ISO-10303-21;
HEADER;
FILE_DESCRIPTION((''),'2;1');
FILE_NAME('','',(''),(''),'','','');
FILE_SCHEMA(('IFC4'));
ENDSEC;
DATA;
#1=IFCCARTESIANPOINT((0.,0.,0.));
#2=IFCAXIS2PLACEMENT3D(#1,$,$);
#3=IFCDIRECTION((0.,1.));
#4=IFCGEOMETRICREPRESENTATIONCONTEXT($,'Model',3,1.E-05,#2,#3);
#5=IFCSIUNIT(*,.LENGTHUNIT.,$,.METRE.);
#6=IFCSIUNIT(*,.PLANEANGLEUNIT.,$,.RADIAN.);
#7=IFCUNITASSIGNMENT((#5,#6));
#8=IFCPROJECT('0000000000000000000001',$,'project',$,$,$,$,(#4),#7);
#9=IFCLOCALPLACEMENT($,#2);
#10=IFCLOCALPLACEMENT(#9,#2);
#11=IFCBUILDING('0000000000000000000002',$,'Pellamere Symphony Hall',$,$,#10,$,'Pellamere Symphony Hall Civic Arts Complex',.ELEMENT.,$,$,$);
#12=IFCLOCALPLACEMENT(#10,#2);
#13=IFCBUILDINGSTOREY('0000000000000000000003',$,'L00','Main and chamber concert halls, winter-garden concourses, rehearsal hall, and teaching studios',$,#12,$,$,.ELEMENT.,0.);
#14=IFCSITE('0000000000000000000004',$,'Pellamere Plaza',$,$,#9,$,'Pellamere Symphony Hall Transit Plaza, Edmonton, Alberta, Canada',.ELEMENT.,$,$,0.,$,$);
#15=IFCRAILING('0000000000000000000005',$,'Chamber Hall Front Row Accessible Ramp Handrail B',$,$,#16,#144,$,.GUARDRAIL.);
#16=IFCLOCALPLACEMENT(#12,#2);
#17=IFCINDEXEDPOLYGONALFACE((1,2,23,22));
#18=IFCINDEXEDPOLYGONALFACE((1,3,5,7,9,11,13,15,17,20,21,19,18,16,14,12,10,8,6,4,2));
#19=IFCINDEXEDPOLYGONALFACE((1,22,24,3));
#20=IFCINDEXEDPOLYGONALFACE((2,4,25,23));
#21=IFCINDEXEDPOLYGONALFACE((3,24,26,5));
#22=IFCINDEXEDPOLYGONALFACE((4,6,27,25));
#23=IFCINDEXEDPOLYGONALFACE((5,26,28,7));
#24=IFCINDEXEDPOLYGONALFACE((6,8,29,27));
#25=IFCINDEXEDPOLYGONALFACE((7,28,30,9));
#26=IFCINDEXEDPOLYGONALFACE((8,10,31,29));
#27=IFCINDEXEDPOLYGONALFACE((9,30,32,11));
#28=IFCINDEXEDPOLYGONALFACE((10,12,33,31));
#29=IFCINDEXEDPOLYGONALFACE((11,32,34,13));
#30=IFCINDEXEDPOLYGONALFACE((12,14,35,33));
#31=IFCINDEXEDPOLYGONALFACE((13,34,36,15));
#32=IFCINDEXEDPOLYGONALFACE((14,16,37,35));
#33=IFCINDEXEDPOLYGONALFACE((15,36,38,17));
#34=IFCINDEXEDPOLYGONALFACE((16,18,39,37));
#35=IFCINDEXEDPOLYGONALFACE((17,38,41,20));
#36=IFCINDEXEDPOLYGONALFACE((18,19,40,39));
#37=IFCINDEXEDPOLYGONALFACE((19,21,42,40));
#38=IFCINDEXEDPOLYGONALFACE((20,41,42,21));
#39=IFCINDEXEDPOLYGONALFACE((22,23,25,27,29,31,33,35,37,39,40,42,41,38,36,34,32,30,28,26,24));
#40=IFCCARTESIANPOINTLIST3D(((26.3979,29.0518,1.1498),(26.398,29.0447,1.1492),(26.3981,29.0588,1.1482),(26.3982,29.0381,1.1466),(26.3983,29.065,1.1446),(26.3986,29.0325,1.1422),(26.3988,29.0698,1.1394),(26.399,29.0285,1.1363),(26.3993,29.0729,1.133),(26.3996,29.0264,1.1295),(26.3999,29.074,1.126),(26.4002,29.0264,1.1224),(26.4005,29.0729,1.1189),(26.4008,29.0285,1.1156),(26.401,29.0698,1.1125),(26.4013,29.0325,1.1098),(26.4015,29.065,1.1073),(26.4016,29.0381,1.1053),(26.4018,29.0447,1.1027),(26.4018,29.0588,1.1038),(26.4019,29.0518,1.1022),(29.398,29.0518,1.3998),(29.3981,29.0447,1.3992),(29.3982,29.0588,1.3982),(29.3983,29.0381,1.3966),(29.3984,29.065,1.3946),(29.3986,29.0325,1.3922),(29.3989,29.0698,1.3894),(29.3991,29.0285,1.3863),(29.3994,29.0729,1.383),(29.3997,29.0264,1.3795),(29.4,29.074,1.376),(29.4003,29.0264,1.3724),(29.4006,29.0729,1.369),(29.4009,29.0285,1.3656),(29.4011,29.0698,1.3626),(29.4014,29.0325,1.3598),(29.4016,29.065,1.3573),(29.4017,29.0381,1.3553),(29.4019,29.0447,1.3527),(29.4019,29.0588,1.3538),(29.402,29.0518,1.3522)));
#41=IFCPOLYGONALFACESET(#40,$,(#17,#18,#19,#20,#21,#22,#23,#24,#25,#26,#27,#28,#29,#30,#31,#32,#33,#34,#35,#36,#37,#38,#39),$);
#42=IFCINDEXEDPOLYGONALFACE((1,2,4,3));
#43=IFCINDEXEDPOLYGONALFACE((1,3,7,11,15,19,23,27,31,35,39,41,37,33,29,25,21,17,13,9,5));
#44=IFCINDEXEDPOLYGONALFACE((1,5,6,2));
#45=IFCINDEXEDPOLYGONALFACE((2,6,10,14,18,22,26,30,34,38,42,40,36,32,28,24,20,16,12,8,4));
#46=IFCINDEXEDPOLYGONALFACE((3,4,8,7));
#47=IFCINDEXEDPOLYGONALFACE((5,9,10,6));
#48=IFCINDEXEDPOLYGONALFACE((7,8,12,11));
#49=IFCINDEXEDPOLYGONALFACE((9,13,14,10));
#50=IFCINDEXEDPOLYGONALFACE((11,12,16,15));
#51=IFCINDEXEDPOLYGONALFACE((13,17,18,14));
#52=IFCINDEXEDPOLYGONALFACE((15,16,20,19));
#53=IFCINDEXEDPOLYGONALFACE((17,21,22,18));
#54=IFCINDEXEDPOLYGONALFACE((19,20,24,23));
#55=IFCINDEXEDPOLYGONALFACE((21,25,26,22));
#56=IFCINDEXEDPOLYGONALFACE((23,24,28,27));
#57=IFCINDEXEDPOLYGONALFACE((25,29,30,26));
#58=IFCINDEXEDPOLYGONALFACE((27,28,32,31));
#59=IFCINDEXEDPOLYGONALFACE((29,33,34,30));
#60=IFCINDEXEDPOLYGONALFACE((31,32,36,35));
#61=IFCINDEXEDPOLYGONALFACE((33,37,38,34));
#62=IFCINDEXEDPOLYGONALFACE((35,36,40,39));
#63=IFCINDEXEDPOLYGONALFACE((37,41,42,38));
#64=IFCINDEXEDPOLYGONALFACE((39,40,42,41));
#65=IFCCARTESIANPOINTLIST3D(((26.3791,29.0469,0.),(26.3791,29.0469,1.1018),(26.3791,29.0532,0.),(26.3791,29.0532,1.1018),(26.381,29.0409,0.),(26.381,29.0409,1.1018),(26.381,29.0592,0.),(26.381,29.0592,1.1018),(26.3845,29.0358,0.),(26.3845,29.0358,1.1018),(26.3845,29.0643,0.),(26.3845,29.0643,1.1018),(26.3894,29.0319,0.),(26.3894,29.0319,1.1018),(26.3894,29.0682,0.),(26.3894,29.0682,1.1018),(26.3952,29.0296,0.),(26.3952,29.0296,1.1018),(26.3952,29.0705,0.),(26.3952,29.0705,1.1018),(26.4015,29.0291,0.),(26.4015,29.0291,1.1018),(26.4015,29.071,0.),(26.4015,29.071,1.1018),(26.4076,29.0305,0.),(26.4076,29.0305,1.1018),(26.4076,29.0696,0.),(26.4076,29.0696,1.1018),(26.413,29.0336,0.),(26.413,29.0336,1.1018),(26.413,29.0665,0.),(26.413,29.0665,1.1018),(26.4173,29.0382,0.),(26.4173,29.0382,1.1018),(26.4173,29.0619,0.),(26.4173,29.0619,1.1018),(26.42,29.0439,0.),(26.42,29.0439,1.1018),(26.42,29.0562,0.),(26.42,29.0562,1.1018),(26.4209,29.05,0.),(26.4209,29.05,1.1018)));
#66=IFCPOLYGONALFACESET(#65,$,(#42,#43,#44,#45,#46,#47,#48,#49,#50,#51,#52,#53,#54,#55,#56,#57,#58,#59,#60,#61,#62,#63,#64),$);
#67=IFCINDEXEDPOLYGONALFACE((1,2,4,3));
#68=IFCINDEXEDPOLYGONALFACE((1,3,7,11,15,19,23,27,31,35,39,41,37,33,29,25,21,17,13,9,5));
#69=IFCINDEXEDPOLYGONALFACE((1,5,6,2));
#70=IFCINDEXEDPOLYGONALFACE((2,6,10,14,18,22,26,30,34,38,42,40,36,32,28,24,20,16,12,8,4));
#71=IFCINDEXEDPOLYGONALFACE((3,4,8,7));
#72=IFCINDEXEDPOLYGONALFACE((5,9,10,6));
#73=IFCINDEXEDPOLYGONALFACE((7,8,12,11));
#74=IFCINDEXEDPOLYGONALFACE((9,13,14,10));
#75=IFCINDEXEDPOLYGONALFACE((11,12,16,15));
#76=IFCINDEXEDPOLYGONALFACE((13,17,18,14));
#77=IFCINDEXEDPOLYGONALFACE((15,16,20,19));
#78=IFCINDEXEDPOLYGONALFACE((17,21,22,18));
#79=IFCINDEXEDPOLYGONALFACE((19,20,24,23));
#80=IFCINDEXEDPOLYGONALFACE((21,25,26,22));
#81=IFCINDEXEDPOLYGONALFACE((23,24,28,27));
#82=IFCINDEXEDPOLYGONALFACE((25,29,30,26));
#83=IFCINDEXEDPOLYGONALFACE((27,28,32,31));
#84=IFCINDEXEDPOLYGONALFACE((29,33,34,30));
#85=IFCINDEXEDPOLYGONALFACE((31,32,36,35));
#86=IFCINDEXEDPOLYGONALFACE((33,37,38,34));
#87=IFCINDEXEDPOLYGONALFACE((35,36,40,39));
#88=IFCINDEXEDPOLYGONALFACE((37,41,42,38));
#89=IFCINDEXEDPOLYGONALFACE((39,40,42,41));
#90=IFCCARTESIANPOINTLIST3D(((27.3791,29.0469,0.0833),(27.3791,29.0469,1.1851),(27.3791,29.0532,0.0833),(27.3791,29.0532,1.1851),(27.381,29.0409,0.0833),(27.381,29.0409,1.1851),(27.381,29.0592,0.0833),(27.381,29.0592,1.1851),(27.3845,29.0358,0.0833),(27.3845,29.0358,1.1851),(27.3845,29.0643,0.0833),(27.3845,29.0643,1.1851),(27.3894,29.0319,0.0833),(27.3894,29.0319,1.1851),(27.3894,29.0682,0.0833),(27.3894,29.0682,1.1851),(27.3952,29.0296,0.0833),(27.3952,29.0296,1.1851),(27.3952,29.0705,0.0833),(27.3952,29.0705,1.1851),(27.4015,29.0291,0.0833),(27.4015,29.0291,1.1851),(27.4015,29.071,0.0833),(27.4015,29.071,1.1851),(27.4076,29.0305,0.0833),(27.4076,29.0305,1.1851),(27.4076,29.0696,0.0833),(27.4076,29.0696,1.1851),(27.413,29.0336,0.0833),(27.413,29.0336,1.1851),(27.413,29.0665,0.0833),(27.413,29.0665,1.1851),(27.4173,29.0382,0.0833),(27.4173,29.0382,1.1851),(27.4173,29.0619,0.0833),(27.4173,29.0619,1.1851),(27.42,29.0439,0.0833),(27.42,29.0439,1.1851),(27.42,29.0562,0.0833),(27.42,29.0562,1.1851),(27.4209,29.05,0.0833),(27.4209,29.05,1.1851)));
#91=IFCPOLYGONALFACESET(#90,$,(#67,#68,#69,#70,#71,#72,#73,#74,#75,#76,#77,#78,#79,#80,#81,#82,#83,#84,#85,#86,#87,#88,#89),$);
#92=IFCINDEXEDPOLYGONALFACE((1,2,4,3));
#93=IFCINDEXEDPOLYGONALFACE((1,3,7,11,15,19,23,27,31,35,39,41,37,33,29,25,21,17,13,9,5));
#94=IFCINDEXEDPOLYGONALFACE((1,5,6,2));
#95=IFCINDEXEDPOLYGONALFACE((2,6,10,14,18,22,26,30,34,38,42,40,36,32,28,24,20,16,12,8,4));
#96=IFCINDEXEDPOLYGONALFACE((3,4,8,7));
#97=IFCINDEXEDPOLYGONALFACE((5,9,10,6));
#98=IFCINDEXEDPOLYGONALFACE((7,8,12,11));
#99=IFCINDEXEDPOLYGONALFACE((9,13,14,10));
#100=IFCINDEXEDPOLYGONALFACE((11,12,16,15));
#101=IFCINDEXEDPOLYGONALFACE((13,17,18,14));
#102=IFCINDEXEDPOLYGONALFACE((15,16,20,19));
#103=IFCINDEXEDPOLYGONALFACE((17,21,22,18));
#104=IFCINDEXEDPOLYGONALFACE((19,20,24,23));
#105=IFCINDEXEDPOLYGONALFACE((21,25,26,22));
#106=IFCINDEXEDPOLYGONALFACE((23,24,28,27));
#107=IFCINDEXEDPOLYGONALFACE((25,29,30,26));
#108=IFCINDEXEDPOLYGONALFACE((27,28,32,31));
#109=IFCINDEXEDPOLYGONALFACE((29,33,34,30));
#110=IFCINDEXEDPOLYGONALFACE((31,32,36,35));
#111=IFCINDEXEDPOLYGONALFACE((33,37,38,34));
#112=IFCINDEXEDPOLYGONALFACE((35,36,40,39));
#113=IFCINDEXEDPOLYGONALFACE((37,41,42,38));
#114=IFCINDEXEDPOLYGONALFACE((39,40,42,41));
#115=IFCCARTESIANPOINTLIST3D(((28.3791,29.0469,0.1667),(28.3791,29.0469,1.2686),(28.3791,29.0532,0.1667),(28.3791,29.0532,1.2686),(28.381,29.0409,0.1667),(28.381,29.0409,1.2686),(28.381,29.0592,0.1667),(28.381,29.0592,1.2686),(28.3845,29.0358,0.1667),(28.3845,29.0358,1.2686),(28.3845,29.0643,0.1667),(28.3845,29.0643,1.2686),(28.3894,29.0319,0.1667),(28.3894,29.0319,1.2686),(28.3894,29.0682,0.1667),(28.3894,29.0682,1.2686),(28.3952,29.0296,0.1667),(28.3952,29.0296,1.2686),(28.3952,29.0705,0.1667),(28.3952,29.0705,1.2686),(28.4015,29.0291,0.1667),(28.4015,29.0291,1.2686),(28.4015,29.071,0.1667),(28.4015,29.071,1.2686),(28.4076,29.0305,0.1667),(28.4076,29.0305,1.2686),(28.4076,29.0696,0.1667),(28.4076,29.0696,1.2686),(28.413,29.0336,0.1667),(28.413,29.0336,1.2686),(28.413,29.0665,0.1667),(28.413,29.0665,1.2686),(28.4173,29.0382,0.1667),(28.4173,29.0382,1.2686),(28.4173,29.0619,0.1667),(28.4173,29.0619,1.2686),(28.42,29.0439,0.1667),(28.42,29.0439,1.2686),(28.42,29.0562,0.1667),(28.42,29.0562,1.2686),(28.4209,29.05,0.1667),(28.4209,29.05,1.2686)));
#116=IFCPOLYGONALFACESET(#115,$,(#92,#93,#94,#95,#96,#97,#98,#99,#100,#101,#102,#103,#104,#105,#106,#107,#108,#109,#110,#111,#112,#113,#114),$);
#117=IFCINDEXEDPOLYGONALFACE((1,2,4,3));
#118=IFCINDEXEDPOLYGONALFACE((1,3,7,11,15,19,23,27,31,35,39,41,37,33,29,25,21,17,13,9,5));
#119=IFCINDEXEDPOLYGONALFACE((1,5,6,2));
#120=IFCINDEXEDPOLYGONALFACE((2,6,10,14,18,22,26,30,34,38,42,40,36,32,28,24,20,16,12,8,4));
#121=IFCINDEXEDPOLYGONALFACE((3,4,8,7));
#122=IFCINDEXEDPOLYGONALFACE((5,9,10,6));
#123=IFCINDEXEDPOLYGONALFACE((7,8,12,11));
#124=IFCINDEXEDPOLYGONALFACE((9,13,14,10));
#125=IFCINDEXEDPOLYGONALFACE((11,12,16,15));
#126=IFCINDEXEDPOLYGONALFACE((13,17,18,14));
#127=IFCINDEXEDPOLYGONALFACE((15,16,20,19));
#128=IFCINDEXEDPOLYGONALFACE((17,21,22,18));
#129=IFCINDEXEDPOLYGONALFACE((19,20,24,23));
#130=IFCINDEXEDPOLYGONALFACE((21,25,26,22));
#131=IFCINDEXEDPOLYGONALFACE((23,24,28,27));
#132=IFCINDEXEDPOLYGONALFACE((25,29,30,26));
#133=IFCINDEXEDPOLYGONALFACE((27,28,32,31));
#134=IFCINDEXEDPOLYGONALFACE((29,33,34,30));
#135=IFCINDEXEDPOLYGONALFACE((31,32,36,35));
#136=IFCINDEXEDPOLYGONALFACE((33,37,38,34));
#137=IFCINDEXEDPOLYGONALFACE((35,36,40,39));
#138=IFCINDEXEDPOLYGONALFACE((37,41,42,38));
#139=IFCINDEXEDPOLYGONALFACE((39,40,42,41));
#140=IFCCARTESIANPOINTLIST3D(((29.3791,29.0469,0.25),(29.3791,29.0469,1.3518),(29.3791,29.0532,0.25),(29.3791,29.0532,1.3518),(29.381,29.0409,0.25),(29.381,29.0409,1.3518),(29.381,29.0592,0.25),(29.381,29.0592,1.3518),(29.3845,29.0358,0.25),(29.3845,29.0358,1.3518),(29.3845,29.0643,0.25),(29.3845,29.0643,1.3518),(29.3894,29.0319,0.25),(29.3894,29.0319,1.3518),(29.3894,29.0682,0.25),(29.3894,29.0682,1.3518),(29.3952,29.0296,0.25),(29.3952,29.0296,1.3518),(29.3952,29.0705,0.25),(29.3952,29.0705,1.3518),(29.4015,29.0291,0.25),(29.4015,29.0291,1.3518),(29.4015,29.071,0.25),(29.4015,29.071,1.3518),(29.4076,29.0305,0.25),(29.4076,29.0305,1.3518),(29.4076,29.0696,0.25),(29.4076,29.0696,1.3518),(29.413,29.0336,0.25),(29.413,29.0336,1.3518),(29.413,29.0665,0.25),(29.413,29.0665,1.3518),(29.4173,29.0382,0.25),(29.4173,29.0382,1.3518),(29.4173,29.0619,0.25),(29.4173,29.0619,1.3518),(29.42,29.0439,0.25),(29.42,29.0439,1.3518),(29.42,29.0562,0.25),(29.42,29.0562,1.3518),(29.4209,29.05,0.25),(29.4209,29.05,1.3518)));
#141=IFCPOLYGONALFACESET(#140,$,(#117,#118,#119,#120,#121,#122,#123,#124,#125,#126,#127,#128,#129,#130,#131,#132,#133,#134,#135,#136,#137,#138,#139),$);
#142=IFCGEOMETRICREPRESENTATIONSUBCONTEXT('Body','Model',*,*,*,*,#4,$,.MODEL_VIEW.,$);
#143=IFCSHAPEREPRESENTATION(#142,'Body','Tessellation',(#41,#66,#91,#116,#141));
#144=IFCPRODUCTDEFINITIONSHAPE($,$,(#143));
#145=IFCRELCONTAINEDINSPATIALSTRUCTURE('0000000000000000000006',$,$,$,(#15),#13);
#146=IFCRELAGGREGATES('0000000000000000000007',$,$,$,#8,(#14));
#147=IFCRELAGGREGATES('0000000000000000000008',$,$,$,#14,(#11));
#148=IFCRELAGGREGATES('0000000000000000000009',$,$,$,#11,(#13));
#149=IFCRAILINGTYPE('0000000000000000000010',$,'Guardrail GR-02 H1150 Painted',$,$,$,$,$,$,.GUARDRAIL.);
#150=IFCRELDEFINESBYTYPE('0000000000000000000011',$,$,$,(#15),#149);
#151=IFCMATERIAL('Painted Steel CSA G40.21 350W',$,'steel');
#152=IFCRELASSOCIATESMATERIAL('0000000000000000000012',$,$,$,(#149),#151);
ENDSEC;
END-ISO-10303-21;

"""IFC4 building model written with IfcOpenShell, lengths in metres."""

from ifc_helpers import new_model, si_unit, direction, frame, origin, origin_2d, place, context, subcontext, project, spatial, circle, extrude, material, type_object, element, save


model = new_model("IFC4")

# Units and contexts
model_context = context("Model", 3, precision=1e-05, world=origin(), true_north=direction((0.0, 1.0)))
body_context = subcontext(model_context, "Body", "Model", "MODEL_VIEW")
ifc_project = project(units=[si_unit("LENGTHUNIT", "METRE"), si_unit("PLANEANGLEUNIT", "RADIAN")], contexts=[model_context])

# Site, building, storey
site_placement = place(None, origin())
site = spatial("IfcSite", under=ifc_project, at=site_placement, Name="Pellamere Plaza", LongName="Pellamere Symphony Hall Transit Plaza, Edmonton, Alberta, Canada", CompositionType="ELEMENT", RefElevation=0.0)
building_placement = place(site_placement, origin())
building = spatial("IfcBuilding", under=site, at=building_placement, Name="Pellamere Symphony Hall", LongName="Pellamere Symphony Hall Civic Arts Complex", CompositionType="ELEMENT")
storey_placement = place(building_placement, origin())
storey = spatial("IfcBuildingStorey", under=building, at=storey_placement, Name="L00", Description="Main and chamber concert halls, winter-garden concourses, rehearsal hall, and teaching studios", CompositionType="ELEMENT", Elevation=0.0)

# Railing
ifc_material_1 = material(Name="Painted Steel CSA G40.21 350W", Category="steel")
railing_type_1 = type_object("IfcRailingType", Name="Guardrail GR-02 H1150 Painted", PredefinedType="GUARDRAIL", material=ifc_material_1)
for number, where, name in (
    (1, (26.3999, 29.05, 0.0), "Chamber Hall Front Row Accessible Ramp Handrail B"),
):
    element("IfcRailing", number, at=place(storey_placement, frame(where)), inside=storey, type_object=railing_type_1, Name=name, PredefinedType="GUARDRAIL", context=body_context, shape_type="SweptSolid", body=[
        extrude(circle(Radius=0.0239, at=origin_2d()), frame((0.0, 0.0, 1.126), z_axis=(0.996546, 0.0, 0.083045), x_axis=(0.0, 1.0, 0.0)), (0.0, 0.0, 1.0), 3.0105),
        extrude(circle(Radius=0.021, at=origin_2d()), origin(), (0.0, 0.0, 1.0), 1.1018),
        extrude(circle(Radius=0.021, at=origin_2d()), frame((1.0, 0.0, 0.0833)), (0.0, 0.0, 1.0), 1.1018),
        extrude(circle(Radius=0.021, at=origin_2d()), frame((2.0, 0.0, 0.1667)), (0.0, 0.0, 1.0), 1.1018),
        extrude(circle(Radius=0.021, at=origin_2d()), frame((3.0, 0.0, 0.25)), (0.0, 0.0, 1.0), 1.1018),
    ])

save(model, "model.ifc")
